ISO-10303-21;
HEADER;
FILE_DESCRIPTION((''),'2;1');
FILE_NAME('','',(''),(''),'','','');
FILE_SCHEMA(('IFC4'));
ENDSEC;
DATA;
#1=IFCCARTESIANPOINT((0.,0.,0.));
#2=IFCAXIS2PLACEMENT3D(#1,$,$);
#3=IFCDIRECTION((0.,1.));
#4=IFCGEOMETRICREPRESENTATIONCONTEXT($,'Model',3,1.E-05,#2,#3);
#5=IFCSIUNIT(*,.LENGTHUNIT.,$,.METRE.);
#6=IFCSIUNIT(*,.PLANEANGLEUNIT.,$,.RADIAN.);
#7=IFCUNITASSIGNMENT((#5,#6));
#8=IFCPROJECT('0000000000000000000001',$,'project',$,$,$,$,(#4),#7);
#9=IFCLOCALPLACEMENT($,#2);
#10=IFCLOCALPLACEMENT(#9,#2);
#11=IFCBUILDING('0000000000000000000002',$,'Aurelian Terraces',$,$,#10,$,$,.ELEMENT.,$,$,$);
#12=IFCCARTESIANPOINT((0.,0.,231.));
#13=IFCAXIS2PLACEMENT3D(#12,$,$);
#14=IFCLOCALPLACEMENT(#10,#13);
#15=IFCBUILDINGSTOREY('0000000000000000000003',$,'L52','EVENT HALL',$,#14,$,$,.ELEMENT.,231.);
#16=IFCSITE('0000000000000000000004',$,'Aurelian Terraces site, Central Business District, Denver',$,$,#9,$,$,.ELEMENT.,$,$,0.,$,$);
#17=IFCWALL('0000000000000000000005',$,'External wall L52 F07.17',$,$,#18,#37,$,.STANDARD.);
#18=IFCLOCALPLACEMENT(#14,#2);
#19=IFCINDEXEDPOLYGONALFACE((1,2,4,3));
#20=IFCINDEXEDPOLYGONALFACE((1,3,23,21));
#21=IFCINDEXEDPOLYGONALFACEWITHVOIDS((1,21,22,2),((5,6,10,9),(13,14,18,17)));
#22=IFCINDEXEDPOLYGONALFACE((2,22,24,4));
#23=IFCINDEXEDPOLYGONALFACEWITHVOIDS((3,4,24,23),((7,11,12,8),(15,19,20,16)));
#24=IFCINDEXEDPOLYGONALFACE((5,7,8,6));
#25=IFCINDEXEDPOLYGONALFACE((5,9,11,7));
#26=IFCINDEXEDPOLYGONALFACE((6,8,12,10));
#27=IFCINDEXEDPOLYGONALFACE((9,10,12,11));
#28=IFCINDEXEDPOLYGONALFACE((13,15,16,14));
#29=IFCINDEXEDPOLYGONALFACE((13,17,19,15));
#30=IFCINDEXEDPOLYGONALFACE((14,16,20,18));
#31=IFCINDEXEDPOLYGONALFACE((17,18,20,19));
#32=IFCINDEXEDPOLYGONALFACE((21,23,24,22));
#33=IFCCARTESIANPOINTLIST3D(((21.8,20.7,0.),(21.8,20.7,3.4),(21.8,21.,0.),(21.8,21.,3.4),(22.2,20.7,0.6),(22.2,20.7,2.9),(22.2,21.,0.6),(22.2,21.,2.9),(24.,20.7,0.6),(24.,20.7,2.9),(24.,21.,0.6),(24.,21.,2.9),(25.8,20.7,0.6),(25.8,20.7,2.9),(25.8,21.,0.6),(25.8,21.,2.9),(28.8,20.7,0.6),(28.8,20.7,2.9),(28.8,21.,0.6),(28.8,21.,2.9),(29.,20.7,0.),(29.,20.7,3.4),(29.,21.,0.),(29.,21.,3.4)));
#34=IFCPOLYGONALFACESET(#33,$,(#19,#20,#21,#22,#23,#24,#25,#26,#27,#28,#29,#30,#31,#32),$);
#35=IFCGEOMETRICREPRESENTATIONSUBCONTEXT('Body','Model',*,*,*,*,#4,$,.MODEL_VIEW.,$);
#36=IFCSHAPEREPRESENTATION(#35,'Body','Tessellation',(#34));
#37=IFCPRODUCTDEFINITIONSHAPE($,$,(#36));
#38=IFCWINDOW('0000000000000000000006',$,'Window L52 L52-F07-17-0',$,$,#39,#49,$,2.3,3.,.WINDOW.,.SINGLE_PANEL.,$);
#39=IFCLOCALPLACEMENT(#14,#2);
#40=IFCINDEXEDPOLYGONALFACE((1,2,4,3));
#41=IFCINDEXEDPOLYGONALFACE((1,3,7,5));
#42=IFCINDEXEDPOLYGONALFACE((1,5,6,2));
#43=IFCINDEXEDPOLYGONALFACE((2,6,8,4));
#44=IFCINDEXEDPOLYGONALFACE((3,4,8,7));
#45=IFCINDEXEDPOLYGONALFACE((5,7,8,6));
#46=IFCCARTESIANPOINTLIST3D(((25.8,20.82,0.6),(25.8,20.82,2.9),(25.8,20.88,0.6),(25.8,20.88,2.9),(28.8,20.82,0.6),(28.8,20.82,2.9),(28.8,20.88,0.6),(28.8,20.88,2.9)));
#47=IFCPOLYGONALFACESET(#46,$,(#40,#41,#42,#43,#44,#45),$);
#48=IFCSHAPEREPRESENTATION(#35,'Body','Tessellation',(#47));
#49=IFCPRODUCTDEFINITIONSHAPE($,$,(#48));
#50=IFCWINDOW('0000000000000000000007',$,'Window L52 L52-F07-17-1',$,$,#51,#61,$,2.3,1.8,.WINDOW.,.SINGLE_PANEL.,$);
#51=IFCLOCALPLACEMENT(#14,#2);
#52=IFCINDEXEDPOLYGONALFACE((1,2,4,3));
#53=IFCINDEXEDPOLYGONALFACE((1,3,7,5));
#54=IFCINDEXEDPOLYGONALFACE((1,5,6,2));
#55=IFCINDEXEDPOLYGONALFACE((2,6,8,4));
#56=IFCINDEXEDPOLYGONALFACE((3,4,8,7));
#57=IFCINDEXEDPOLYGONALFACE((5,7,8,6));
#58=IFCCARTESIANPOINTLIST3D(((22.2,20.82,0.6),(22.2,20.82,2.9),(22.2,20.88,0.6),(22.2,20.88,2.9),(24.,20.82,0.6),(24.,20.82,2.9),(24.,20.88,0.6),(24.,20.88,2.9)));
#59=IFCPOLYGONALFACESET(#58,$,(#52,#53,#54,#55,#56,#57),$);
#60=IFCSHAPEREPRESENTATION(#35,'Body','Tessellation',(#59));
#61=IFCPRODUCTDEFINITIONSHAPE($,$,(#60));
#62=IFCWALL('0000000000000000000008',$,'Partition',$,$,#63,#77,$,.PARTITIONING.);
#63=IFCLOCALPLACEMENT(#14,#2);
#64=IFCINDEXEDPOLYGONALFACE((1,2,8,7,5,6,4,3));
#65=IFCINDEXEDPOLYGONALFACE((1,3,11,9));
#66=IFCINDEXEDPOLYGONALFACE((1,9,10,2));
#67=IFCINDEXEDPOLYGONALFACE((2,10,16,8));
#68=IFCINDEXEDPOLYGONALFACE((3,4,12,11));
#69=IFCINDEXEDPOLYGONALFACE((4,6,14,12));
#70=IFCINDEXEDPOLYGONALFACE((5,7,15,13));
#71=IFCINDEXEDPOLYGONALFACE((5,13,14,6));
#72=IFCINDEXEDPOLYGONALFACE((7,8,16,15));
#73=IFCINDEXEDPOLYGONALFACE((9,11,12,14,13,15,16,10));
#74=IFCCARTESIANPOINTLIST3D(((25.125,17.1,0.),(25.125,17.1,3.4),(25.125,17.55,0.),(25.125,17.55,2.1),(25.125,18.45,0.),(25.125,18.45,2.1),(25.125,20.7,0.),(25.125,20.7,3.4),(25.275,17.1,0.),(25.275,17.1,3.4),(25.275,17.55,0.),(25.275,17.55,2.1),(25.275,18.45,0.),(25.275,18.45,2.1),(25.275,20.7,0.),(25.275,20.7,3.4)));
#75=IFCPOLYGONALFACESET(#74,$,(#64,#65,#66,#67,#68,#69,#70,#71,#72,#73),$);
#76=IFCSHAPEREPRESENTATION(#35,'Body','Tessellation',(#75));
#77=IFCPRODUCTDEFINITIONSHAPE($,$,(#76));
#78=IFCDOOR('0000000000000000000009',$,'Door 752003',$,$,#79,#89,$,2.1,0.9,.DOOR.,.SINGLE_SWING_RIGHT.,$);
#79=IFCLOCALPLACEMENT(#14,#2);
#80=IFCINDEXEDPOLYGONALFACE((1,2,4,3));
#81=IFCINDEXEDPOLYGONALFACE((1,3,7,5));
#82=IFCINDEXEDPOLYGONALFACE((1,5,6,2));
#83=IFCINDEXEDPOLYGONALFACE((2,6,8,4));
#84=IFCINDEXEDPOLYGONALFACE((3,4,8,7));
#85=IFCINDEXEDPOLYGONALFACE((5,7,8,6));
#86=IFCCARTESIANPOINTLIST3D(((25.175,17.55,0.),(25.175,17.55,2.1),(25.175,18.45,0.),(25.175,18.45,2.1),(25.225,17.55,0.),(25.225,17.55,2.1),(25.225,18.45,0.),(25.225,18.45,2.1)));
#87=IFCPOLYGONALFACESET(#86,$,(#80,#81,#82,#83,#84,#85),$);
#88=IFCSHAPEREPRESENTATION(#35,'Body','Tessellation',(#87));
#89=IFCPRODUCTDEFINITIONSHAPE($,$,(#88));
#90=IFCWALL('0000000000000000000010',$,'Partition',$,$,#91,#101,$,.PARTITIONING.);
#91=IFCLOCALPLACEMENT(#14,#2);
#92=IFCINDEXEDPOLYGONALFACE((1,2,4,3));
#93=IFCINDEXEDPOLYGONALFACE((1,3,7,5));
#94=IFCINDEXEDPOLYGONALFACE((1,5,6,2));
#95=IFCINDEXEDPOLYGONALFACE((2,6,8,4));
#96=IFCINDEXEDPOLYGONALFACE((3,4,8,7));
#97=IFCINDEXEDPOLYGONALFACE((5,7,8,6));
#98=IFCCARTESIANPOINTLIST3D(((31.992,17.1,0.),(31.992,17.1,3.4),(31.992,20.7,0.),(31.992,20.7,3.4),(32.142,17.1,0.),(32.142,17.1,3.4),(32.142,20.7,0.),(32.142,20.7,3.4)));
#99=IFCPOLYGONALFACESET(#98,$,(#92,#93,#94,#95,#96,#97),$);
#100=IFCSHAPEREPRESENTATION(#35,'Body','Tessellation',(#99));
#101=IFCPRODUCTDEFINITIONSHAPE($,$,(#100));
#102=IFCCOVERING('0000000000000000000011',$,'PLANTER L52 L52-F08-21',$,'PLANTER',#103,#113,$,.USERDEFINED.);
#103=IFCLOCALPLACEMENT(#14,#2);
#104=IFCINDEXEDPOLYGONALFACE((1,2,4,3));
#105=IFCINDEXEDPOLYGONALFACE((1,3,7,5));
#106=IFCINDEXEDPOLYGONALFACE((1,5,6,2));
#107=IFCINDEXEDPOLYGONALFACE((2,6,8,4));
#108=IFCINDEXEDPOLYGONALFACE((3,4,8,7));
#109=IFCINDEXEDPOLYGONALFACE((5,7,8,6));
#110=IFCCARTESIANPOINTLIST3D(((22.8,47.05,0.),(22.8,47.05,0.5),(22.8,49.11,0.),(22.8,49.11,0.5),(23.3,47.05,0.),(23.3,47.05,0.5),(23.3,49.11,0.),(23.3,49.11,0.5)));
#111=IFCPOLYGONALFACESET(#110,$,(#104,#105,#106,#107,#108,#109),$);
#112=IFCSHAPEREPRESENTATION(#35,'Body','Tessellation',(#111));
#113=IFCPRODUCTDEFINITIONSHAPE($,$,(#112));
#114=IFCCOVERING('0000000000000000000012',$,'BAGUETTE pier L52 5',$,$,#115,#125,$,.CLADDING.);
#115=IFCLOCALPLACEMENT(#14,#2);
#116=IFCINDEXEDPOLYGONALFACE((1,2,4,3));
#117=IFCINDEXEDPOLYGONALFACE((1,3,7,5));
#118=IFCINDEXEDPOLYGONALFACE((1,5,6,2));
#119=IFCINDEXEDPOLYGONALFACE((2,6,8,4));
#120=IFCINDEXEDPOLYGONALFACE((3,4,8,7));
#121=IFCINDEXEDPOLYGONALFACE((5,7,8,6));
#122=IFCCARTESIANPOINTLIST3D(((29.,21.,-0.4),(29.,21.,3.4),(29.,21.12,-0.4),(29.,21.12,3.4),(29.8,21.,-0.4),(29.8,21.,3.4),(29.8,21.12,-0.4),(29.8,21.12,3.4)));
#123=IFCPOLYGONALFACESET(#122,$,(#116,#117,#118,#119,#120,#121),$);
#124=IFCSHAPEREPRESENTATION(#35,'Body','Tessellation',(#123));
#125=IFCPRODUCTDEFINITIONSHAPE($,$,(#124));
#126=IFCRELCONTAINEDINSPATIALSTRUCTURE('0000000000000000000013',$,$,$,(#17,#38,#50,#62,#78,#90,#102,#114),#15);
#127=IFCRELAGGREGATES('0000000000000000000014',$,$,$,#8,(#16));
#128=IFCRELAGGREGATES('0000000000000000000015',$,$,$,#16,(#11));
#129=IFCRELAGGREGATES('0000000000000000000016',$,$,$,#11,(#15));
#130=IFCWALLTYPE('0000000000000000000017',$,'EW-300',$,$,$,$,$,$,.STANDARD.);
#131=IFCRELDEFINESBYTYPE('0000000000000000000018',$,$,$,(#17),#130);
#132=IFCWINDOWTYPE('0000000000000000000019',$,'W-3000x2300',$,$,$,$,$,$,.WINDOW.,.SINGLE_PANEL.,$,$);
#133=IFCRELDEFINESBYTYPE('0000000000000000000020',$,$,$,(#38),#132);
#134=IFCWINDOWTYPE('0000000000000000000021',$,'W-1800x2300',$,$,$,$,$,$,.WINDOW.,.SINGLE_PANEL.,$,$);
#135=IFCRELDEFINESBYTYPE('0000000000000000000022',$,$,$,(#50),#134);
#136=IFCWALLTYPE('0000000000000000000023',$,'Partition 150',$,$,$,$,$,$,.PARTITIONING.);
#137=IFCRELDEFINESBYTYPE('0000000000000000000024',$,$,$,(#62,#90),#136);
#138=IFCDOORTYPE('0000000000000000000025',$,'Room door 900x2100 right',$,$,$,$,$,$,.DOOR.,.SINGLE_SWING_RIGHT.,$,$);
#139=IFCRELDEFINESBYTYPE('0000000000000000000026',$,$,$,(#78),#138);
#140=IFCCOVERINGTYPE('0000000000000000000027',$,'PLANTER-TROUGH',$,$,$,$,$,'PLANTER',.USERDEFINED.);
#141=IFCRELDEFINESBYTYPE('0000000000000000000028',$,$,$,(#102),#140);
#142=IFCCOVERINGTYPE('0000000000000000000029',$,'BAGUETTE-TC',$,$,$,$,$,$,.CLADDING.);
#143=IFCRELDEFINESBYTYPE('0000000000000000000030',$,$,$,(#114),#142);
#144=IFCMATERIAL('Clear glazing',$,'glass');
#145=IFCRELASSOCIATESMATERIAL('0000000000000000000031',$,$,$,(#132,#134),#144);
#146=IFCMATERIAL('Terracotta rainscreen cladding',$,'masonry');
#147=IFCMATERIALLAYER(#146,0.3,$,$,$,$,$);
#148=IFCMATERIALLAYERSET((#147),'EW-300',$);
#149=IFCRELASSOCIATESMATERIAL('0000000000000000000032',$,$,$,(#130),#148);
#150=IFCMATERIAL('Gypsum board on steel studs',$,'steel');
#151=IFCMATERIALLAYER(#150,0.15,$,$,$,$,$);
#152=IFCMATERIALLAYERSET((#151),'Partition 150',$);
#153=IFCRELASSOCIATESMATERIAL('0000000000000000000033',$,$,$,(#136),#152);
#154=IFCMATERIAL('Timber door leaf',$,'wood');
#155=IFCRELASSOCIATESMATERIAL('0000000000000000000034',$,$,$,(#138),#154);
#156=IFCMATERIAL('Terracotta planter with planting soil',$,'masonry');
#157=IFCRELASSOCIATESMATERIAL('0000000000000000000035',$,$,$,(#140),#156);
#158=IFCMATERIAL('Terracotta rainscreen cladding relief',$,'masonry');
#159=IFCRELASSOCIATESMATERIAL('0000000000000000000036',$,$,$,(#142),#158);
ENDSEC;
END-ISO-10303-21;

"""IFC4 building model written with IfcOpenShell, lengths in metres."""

from ifc_helpers import new_model, si_unit, direction, frame, frame_2d, origin, origin_2d, place, context, subcontext, project, spatial, rectangle, extrude, source, transform, mapped, material, layer, layer_set, type_object, element, fill, save


model = new_model("IFC4")

# Units and contexts
model_context = context("Model", 3, precision=1e-05, world=origin(), true_north=direction((0.0, 1.0)))
body_context = subcontext(model_context, "Body", "Model", "MODEL_VIEW")
ifc_project = project(units=[si_unit("LENGTHUNIT", "METRE"), si_unit("PLANEANGLEUNIT", "RADIAN")], contexts=[model_context])

# Site, building, storey
site_placement = place(None, origin())
site = spatial("IfcSite", under=ifc_project, at=site_placement, Name="Aurelian Terraces site, Central Business District, Denver", CompositionType="ELEMENT", RefElevation=0.0)
building_placement = place(site_placement, origin())
building = spatial("IfcBuilding", under=site, at=building_placement, Name="Aurelian Terraces", CompositionType="ELEMENT")
storey_placement = place(building_placement, frame((0.0, 0.0, 231.0)))
storey = spatial("IfcBuildingStorey", under=building, at=storey_placement, Name="L52", Description="EVENT HALL", CompositionType="ELEMENT", Elevation=231.0)

# Shared definitions
ifc_material_1 = material(Name="Clear glazing", Category="glass")
shared_shape_1 = source(origin(), body_context, "Body", "SweptSolid", [
    extrude(rectangle(XDim=3.0, YDim=2.3, at=frame_2d((1.5, 1.15))), frame((0.0, 0.16, 0.0), z_axis=(0.0, -1.0, 0.0), x_axis=(1.0, 0.0, 0.0)), (0.0, 0.0, 1.0), 0.32),
])
window_type_1 = type_object("IfcWindowType", Name="W-3000x2300", PartitioningType="SINGLE_PANEL", PredefinedType="WINDOW", material=ifc_material_1)
shared_shape_2 = source(origin(), body_context, "Body", "SweptSolid", [
    extrude(rectangle(XDim=3.0, YDim=2.3, at=frame_2d((1.5, 1.15))), frame((0.0, 0.03, 0.0), z_axis=(0.0, -1.0, 0.0), x_axis=(1.0, 0.0, 0.0)), (0.0, 0.0, 1.0), 0.06),
])

# Shared definitions
ifc_material_2 = material(Name="Terracotta rainscreen cladding", Category="masonry")
ifc_layer_1 = layer(ifc_material_2, 0.3)
ifc_layer_set_1 = layer_set([ifc_layer_1], Name="EW-300")
wall_type_1 = type_object("IfcWallType", Name="EW-300", PredefinedType="STANDARD", material=ifc_layer_set_1)
shared_shape_3 = source(origin(), body_context, "Body", "SweptSolid", [
    extrude(rectangle(XDim=7.2, YDim=0.3, at=frame_2d((3.6, 0.0))), origin(), (0.0, 0.0, 1.0), 3.4),
])
shared_shape_4 = source(origin(), body_context, "Body", "SweptSolid", [
    extrude(rectangle(XDim=1.8, YDim=2.3, at=frame_2d((0.9, 1.15))), frame((0.0, 0.16, 0.0), z_axis=(0.0, -1.0, 0.0), x_axis=(1.0, 0.0, 0.0)), (0.0, 0.0, 1.0), 0.32),
])
window_type_2 = type_object("IfcWindowType", Name="W-1800x2300", PartitioningType="SINGLE_PANEL", PredefinedType="WINDOW", material=ifc_material_1)
shared_shape_5 = source(origin(), body_context, "Body", "SweptSolid", [
    extrude(rectangle(XDim=1.8, YDim=2.3, at=frame_2d((0.9, 1.15))), frame((0.0, 0.03, 0.0), z_axis=(0.0, -1.0, 0.0), x_axis=(1.0, 0.0, 0.0)), (0.0, 0.0, 1.0), 0.06),
])
ifc_material_3 = material(Name="Timber door leaf", Category="wood")

# Wall, openings, windows
wall_1_placement = place(storey_placement, frame((29.0, 20.85, 0.0), z_axis=(0.0, 0.0, 1.0), x_axis=(-1.0, 0.0, 0.0)))
wall_1 = element("IfcWall", 1, at=wall_1_placement, inside=storey, type_object=wall_type_1, Name="External wall L52 F07.17", PredefinedType="STANDARD", context=body_context, shape_type="MappedRepresentation", body=[
    mapped(shared_shape_3, transform((0.0, 0.0, 0.0), scale=1.0)),
])
opening_1_placement = place(wall_1_placement, frame((0.2, 0.0, 0.6)))
opening_1 = element("IfcOpeningElement", 2, at=opening_1_placement, cuts=wall_1, PredefinedType="OPENING", context=body_context, shape_type="MappedRepresentation", body=[
    mapped(shared_shape_1, transform((0.0, 0.0, 0.0), scale=1.0)),
])
opening_2_placement = place(wall_1_placement, frame((5.0, 0.0, 0.6)))
opening_2 = element("IfcOpeningElement", 3, at=opening_2_placement, cuts=wall_1, PredefinedType="OPENING", context=body_context, shape_type="MappedRepresentation", body=[
    mapped(shared_shape_4, transform((0.0, 0.0, 0.0), scale=1.0)),
])
window_1_placement = place(opening_1_placement, origin())
window_1 = element("IfcWindow", 4, at=window_1_placement, inside=storey, type_object=window_type_1, Name="Window L52 L52-F07-17-0", OverallHeight=2.3, OverallWidth=3.0, PartitioningType="SINGLE_PANEL", PredefinedType="WINDOW", context=body_context, shape_type="MappedRepresentation", body=[
    mapped(shared_shape_2, transform((0.0, 0.0, 0.0), scale=1.0)),
])
fill(opening_1, window_1)
window_2_placement = place(opening_2_placement, origin())
window_2 = element("IfcWindow", 5, at=window_2_placement, inside=storey, type_object=window_type_2, Name="Window L52 L52-F07-17-1", OverallHeight=2.3, OverallWidth=1.8, PartitioningType="SINGLE_PANEL", PredefinedType="WINDOW", context=body_context, shape_type="MappedRepresentation", body=[
    mapped(shared_shape_5, transform((0.0, 0.0, 0.0), scale=1.0)),
])
fill(opening_2, window_2)

# Wall, opening, door
ifc_material_4 = material(Name="Gypsum board on steel studs", Category="steel")
ifc_layer_2 = layer(ifc_material_4, 0.15)
ifc_layer_set_2 = layer_set([ifc_layer_2], Name="Partition 150")
wall_type_2 = type_object("IfcWallType", Name="Partition 150", PredefinedType="PARTITIONING", material=ifc_layer_set_2)
shared_shape_6 = source(origin(), body_context, "Body", "SweptSolid", [
    extrude(rectangle(XDim=3.6, YDim=0.15, at=frame_2d((1.8, 0.0))), origin(), (0.0, 0.0, 1.0), 3.4),
])
wall_2_placement = place(storey_placement, frame((25.2, 20.7, 0.0), z_axis=(0.0, 0.0, 1.0), x_axis=(0.0, -1.0, 0.0)))
wall_2 = element("IfcWall", 6, at=wall_2_placement, inside=storey, type_object=wall_type_2, Name="Partition", PredefinedType="PARTITIONING", context=body_context, shape_type="MappedRepresentation", body=[
    mapped(shared_shape_6, transform((0.0, 0.0, 0.0), scale=1.0)),
])
shared_shape_7 = source(origin(), body_context, "Body", "SweptSolid", [
    extrude(rectangle(XDim=0.9, YDim=2.1, at=frame_2d((0.45, 1.05))), frame((0.0, 0.085, 0.0), z_axis=(0.0, -1.0, 0.0), x_axis=(1.0, 0.0, 0.0)), (0.0, 0.0, 1.0), 0.17),
])
opening_3_placement = place(wall_2_placement, frame((2.25, 0.0, 0.0)))
opening_3 = element("IfcOpeningElement", 7, at=opening_3_placement, cuts=wall_2, PredefinedType="OPENING", context=body_context, shape_type="MappedRepresentation", body=[
    mapped(shared_shape_7, transform((0.0, 0.0, 0.0), scale=1.0)),
])
door_type_1 = type_object("IfcDoorType", Name="Room door 900x2100 right", OperationType="SINGLE_SWING_RIGHT", PredefinedType="DOOR", material=ifc_material_3)
shared_shape_8 = source(origin(), body_context, "Body", "SweptSolid", [
    extrude(rectangle(XDim=0.9, YDim=2.1, at=frame_2d((0.45, 1.05))), frame((0.0, 0.025, 0.0), z_axis=(0.0, -1.0, 0.0), x_axis=(1.0, 0.0, 0.0)), (0.0, 0.0, 1.0), 0.05),
])
door_1_placement = place(opening_3_placement, origin())
door_1 = element("IfcDoor", 8, at=door_1_placement, inside=storey, type_object=door_type_1, Name="Door 752003", OperationType="SINGLE_SWING_RIGHT", OverallHeight=2.1, OverallWidth=0.9, PredefinedType="DOOR", context=body_context, shape_type="MappedRepresentation", body=[
    mapped(shared_shape_8, transform((0.0, 0.0, 0.0), scale=1.0)),
])
fill(opening_3, door_1)

# Wall
wall_3_placement = place(storey_placement, frame((32.067, 20.7, 0.0), z_axis=(0.0, 0.0, 1.0), x_axis=(0.0, -1.0, 0.0)))
element("IfcWall", 9, at=wall_3_placement, inside=storey, type_object=wall_type_2, Name="Partition", PredefinedType="PARTITIONING", context=body_context, shape_type="MappedRepresentation", body=[
    mapped(shared_shape_6, transform((0.0, 0.0, 0.0), scale=1.0)),
])

# Coverings
ifc_material_5 = material(Name="Terracotta planter with planting soil", Category="masonry")
covering_type_1 = type_object("IfcCoveringType", Name="PLANTER-TROUGH", ElementType="PLANTER", PredefinedType="USERDEFINED", material=ifc_material_5)
covering_1_placement = place(storey_placement, frame((23.05, 48.08, 0.0), z_axis=(0.0, 0.0, 1.0), x_axis=(1.0, 0.0, 0.0)))
element("IfcCovering", 10, at=covering_1_placement, inside=storey, type_object=covering_type_1, Name="PLANTER L52 L52-F08-21", ObjectType="PLANTER", PredefinedType="USERDEFINED", context=body_context, shape_type="SweptSolid", body=[
    extrude(rectangle(XDim=0.5, YDim=2.06, at=origin_2d()), origin(), (0.0, 0.0, 1.0), 0.5),
])
ifc_material_6 = material(Name="Terracotta rainscreen cladding relief", Category="masonry")
covering_type_2 = type_object("IfcCoveringType", Name="BAGUETTE-TC", PredefinedType="CLADDING", material=ifc_material_6)
shared_shape_9 = source(origin(), body_context, "Body", "SweptSolid", [
    extrude(rectangle(XDim=0.8, YDim=0.12, at=origin_2d()), origin(), (0.0, 0.0, 1.0), 3.8),
])
covering_2_placement = place(storey_placement, frame((29.4, 21.06, -0.4), z_axis=(0.0, 0.0, 1.0), x_axis=(1.0, 0.0, 0.0)))
element("IfcCovering", 11, at=covering_2_placement, inside=storey, type_object=covering_type_2, Name="BAGUETTE pier L52 5", PredefinedType="CLADDING", context=body_context, shape_type="MappedRepresentation", body=[
    mapped(shared_shape_9, transform((0.0, 0.0, 0.0), scale=1.0)),
])

save(model, "model.ifc")
